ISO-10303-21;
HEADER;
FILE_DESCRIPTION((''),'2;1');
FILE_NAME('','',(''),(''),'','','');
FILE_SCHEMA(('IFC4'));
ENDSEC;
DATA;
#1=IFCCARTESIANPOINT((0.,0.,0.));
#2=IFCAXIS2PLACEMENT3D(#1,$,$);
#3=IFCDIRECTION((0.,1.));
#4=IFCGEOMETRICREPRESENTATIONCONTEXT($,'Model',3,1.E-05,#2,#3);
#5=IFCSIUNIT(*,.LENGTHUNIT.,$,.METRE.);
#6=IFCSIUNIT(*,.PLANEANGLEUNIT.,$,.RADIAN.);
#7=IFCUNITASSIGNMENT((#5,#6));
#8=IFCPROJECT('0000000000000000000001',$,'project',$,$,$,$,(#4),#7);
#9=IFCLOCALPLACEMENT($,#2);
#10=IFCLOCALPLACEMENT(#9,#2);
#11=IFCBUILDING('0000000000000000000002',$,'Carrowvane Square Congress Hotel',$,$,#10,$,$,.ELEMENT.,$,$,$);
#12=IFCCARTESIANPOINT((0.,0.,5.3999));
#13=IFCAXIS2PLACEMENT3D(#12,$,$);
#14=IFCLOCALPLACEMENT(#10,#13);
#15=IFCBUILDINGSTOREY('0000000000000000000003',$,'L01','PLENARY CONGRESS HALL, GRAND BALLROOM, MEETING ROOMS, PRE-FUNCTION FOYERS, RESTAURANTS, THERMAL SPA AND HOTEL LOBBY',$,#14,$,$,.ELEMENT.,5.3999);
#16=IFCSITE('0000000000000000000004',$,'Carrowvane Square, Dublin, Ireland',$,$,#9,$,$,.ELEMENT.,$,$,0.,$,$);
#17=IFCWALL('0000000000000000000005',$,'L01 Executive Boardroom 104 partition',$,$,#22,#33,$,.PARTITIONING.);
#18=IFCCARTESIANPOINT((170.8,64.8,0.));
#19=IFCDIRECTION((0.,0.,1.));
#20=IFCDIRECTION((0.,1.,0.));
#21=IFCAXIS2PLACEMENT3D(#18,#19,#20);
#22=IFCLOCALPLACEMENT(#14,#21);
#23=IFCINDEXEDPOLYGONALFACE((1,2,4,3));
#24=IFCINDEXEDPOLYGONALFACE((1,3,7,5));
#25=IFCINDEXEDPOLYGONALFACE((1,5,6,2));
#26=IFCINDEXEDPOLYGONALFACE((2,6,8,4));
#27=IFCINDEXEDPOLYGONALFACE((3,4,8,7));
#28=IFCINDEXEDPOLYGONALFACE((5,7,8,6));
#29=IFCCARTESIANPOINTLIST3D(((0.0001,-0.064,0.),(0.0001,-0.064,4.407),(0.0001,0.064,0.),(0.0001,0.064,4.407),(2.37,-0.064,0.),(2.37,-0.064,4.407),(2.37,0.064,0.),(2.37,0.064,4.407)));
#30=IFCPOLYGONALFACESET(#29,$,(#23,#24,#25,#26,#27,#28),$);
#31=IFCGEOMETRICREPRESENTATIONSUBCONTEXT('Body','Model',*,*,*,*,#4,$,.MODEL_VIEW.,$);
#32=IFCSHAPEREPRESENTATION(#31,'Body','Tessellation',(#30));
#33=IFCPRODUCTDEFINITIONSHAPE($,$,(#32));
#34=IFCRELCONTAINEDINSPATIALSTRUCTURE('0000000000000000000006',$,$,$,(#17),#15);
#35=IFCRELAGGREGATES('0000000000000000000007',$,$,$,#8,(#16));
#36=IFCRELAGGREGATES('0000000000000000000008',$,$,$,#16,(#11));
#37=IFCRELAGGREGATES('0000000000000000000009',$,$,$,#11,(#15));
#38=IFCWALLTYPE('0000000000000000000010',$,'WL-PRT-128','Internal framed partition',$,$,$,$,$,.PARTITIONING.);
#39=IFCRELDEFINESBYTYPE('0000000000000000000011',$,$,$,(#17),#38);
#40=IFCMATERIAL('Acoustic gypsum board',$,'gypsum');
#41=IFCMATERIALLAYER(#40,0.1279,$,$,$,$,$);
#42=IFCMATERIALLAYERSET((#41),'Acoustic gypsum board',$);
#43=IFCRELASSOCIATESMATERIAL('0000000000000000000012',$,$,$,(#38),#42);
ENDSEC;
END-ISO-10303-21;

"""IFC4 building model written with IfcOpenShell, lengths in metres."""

from ifc_helpers import new_model, si_unit, direction, frame, frame_2d, origin, place, context, subcontext, project, spatial, rectangle, extrude, material, layer, layer_set, type_object, element, save


model = new_model("IFC4")

# Units and contexts
model_context = context("Model", 3, precision=1e-05, world=origin(), true_north=direction((0.0, 1.0)))
body_context = subcontext(model_context, "Body", "Model", "MODEL_VIEW")
ifc_project = project(units=[si_unit("LENGTHUNIT", "METRE"), si_unit("PLANEANGLEUNIT", "RADIAN")], contexts=[model_context])

# Site, building, storey
site_placement = place(None, origin())
site = spatial("IfcSite", under=ifc_project, at=site_placement, Name="Carrowvane Square, Dublin, Ireland", CompositionType="ELEMENT", RefElevation=0.0)
building_placement = place(site_placement, origin())
building = spatial("IfcBuilding", under=site, at=building_placement, Name="Carrowvane Square Congress Hotel", CompositionType="ELEMENT")
storey_placement = place(building_placement, frame((0.0, 0.0, 5.3999)))
storey = spatial("IfcBuildingStorey", under=building, at=storey_placement, Name="L01", Description="PLENARY CONGRESS HALL, GRAND BALLROOM, MEETING ROOMS, PRE-FUNCTION FOYERS, RESTAURANTS, THERMAL SPA AND HOTEL LOBBY", CompositionType="ELEMENT", Elevation=5.3999)

# Wall
ifc_material_1 = material(Name="Acoustic gypsum board", Category="gypsum")
ifc_layer_1 = layer(ifc_material_1, 0.1279)
ifc_layer_set_1 = layer_set([ifc_layer_1], Name="Acoustic gypsum board")
wall_type_1 = type_object("IfcWallType", Name="WL-PRT-128", Description="Internal framed partition", PredefinedType="PARTITIONING", material=ifc_layer_set_1)
wall_1_placement = place(storey_placement, frame((170.8, 64.8, 0.0), z_axis=(0.0, 0.0, 1.0), x_axis=(0.0, 1.0, 0.0)))
element("IfcWall", 1, at=wall_1_placement, inside=storey, type_object=wall_type_1, Name="L01 Executive Boardroom 104 partition", PredefinedType="PARTITIONING", context=body_context, shape_type="SweptSolid", body=[
    extrude(rectangle(XDim=2.3699, YDim=0.1279, at=frame_2d((1.1851, 0.0))), origin(), (0.0, 0.0, 1.0), 4.407),
])

save(model, "model.ifc")
